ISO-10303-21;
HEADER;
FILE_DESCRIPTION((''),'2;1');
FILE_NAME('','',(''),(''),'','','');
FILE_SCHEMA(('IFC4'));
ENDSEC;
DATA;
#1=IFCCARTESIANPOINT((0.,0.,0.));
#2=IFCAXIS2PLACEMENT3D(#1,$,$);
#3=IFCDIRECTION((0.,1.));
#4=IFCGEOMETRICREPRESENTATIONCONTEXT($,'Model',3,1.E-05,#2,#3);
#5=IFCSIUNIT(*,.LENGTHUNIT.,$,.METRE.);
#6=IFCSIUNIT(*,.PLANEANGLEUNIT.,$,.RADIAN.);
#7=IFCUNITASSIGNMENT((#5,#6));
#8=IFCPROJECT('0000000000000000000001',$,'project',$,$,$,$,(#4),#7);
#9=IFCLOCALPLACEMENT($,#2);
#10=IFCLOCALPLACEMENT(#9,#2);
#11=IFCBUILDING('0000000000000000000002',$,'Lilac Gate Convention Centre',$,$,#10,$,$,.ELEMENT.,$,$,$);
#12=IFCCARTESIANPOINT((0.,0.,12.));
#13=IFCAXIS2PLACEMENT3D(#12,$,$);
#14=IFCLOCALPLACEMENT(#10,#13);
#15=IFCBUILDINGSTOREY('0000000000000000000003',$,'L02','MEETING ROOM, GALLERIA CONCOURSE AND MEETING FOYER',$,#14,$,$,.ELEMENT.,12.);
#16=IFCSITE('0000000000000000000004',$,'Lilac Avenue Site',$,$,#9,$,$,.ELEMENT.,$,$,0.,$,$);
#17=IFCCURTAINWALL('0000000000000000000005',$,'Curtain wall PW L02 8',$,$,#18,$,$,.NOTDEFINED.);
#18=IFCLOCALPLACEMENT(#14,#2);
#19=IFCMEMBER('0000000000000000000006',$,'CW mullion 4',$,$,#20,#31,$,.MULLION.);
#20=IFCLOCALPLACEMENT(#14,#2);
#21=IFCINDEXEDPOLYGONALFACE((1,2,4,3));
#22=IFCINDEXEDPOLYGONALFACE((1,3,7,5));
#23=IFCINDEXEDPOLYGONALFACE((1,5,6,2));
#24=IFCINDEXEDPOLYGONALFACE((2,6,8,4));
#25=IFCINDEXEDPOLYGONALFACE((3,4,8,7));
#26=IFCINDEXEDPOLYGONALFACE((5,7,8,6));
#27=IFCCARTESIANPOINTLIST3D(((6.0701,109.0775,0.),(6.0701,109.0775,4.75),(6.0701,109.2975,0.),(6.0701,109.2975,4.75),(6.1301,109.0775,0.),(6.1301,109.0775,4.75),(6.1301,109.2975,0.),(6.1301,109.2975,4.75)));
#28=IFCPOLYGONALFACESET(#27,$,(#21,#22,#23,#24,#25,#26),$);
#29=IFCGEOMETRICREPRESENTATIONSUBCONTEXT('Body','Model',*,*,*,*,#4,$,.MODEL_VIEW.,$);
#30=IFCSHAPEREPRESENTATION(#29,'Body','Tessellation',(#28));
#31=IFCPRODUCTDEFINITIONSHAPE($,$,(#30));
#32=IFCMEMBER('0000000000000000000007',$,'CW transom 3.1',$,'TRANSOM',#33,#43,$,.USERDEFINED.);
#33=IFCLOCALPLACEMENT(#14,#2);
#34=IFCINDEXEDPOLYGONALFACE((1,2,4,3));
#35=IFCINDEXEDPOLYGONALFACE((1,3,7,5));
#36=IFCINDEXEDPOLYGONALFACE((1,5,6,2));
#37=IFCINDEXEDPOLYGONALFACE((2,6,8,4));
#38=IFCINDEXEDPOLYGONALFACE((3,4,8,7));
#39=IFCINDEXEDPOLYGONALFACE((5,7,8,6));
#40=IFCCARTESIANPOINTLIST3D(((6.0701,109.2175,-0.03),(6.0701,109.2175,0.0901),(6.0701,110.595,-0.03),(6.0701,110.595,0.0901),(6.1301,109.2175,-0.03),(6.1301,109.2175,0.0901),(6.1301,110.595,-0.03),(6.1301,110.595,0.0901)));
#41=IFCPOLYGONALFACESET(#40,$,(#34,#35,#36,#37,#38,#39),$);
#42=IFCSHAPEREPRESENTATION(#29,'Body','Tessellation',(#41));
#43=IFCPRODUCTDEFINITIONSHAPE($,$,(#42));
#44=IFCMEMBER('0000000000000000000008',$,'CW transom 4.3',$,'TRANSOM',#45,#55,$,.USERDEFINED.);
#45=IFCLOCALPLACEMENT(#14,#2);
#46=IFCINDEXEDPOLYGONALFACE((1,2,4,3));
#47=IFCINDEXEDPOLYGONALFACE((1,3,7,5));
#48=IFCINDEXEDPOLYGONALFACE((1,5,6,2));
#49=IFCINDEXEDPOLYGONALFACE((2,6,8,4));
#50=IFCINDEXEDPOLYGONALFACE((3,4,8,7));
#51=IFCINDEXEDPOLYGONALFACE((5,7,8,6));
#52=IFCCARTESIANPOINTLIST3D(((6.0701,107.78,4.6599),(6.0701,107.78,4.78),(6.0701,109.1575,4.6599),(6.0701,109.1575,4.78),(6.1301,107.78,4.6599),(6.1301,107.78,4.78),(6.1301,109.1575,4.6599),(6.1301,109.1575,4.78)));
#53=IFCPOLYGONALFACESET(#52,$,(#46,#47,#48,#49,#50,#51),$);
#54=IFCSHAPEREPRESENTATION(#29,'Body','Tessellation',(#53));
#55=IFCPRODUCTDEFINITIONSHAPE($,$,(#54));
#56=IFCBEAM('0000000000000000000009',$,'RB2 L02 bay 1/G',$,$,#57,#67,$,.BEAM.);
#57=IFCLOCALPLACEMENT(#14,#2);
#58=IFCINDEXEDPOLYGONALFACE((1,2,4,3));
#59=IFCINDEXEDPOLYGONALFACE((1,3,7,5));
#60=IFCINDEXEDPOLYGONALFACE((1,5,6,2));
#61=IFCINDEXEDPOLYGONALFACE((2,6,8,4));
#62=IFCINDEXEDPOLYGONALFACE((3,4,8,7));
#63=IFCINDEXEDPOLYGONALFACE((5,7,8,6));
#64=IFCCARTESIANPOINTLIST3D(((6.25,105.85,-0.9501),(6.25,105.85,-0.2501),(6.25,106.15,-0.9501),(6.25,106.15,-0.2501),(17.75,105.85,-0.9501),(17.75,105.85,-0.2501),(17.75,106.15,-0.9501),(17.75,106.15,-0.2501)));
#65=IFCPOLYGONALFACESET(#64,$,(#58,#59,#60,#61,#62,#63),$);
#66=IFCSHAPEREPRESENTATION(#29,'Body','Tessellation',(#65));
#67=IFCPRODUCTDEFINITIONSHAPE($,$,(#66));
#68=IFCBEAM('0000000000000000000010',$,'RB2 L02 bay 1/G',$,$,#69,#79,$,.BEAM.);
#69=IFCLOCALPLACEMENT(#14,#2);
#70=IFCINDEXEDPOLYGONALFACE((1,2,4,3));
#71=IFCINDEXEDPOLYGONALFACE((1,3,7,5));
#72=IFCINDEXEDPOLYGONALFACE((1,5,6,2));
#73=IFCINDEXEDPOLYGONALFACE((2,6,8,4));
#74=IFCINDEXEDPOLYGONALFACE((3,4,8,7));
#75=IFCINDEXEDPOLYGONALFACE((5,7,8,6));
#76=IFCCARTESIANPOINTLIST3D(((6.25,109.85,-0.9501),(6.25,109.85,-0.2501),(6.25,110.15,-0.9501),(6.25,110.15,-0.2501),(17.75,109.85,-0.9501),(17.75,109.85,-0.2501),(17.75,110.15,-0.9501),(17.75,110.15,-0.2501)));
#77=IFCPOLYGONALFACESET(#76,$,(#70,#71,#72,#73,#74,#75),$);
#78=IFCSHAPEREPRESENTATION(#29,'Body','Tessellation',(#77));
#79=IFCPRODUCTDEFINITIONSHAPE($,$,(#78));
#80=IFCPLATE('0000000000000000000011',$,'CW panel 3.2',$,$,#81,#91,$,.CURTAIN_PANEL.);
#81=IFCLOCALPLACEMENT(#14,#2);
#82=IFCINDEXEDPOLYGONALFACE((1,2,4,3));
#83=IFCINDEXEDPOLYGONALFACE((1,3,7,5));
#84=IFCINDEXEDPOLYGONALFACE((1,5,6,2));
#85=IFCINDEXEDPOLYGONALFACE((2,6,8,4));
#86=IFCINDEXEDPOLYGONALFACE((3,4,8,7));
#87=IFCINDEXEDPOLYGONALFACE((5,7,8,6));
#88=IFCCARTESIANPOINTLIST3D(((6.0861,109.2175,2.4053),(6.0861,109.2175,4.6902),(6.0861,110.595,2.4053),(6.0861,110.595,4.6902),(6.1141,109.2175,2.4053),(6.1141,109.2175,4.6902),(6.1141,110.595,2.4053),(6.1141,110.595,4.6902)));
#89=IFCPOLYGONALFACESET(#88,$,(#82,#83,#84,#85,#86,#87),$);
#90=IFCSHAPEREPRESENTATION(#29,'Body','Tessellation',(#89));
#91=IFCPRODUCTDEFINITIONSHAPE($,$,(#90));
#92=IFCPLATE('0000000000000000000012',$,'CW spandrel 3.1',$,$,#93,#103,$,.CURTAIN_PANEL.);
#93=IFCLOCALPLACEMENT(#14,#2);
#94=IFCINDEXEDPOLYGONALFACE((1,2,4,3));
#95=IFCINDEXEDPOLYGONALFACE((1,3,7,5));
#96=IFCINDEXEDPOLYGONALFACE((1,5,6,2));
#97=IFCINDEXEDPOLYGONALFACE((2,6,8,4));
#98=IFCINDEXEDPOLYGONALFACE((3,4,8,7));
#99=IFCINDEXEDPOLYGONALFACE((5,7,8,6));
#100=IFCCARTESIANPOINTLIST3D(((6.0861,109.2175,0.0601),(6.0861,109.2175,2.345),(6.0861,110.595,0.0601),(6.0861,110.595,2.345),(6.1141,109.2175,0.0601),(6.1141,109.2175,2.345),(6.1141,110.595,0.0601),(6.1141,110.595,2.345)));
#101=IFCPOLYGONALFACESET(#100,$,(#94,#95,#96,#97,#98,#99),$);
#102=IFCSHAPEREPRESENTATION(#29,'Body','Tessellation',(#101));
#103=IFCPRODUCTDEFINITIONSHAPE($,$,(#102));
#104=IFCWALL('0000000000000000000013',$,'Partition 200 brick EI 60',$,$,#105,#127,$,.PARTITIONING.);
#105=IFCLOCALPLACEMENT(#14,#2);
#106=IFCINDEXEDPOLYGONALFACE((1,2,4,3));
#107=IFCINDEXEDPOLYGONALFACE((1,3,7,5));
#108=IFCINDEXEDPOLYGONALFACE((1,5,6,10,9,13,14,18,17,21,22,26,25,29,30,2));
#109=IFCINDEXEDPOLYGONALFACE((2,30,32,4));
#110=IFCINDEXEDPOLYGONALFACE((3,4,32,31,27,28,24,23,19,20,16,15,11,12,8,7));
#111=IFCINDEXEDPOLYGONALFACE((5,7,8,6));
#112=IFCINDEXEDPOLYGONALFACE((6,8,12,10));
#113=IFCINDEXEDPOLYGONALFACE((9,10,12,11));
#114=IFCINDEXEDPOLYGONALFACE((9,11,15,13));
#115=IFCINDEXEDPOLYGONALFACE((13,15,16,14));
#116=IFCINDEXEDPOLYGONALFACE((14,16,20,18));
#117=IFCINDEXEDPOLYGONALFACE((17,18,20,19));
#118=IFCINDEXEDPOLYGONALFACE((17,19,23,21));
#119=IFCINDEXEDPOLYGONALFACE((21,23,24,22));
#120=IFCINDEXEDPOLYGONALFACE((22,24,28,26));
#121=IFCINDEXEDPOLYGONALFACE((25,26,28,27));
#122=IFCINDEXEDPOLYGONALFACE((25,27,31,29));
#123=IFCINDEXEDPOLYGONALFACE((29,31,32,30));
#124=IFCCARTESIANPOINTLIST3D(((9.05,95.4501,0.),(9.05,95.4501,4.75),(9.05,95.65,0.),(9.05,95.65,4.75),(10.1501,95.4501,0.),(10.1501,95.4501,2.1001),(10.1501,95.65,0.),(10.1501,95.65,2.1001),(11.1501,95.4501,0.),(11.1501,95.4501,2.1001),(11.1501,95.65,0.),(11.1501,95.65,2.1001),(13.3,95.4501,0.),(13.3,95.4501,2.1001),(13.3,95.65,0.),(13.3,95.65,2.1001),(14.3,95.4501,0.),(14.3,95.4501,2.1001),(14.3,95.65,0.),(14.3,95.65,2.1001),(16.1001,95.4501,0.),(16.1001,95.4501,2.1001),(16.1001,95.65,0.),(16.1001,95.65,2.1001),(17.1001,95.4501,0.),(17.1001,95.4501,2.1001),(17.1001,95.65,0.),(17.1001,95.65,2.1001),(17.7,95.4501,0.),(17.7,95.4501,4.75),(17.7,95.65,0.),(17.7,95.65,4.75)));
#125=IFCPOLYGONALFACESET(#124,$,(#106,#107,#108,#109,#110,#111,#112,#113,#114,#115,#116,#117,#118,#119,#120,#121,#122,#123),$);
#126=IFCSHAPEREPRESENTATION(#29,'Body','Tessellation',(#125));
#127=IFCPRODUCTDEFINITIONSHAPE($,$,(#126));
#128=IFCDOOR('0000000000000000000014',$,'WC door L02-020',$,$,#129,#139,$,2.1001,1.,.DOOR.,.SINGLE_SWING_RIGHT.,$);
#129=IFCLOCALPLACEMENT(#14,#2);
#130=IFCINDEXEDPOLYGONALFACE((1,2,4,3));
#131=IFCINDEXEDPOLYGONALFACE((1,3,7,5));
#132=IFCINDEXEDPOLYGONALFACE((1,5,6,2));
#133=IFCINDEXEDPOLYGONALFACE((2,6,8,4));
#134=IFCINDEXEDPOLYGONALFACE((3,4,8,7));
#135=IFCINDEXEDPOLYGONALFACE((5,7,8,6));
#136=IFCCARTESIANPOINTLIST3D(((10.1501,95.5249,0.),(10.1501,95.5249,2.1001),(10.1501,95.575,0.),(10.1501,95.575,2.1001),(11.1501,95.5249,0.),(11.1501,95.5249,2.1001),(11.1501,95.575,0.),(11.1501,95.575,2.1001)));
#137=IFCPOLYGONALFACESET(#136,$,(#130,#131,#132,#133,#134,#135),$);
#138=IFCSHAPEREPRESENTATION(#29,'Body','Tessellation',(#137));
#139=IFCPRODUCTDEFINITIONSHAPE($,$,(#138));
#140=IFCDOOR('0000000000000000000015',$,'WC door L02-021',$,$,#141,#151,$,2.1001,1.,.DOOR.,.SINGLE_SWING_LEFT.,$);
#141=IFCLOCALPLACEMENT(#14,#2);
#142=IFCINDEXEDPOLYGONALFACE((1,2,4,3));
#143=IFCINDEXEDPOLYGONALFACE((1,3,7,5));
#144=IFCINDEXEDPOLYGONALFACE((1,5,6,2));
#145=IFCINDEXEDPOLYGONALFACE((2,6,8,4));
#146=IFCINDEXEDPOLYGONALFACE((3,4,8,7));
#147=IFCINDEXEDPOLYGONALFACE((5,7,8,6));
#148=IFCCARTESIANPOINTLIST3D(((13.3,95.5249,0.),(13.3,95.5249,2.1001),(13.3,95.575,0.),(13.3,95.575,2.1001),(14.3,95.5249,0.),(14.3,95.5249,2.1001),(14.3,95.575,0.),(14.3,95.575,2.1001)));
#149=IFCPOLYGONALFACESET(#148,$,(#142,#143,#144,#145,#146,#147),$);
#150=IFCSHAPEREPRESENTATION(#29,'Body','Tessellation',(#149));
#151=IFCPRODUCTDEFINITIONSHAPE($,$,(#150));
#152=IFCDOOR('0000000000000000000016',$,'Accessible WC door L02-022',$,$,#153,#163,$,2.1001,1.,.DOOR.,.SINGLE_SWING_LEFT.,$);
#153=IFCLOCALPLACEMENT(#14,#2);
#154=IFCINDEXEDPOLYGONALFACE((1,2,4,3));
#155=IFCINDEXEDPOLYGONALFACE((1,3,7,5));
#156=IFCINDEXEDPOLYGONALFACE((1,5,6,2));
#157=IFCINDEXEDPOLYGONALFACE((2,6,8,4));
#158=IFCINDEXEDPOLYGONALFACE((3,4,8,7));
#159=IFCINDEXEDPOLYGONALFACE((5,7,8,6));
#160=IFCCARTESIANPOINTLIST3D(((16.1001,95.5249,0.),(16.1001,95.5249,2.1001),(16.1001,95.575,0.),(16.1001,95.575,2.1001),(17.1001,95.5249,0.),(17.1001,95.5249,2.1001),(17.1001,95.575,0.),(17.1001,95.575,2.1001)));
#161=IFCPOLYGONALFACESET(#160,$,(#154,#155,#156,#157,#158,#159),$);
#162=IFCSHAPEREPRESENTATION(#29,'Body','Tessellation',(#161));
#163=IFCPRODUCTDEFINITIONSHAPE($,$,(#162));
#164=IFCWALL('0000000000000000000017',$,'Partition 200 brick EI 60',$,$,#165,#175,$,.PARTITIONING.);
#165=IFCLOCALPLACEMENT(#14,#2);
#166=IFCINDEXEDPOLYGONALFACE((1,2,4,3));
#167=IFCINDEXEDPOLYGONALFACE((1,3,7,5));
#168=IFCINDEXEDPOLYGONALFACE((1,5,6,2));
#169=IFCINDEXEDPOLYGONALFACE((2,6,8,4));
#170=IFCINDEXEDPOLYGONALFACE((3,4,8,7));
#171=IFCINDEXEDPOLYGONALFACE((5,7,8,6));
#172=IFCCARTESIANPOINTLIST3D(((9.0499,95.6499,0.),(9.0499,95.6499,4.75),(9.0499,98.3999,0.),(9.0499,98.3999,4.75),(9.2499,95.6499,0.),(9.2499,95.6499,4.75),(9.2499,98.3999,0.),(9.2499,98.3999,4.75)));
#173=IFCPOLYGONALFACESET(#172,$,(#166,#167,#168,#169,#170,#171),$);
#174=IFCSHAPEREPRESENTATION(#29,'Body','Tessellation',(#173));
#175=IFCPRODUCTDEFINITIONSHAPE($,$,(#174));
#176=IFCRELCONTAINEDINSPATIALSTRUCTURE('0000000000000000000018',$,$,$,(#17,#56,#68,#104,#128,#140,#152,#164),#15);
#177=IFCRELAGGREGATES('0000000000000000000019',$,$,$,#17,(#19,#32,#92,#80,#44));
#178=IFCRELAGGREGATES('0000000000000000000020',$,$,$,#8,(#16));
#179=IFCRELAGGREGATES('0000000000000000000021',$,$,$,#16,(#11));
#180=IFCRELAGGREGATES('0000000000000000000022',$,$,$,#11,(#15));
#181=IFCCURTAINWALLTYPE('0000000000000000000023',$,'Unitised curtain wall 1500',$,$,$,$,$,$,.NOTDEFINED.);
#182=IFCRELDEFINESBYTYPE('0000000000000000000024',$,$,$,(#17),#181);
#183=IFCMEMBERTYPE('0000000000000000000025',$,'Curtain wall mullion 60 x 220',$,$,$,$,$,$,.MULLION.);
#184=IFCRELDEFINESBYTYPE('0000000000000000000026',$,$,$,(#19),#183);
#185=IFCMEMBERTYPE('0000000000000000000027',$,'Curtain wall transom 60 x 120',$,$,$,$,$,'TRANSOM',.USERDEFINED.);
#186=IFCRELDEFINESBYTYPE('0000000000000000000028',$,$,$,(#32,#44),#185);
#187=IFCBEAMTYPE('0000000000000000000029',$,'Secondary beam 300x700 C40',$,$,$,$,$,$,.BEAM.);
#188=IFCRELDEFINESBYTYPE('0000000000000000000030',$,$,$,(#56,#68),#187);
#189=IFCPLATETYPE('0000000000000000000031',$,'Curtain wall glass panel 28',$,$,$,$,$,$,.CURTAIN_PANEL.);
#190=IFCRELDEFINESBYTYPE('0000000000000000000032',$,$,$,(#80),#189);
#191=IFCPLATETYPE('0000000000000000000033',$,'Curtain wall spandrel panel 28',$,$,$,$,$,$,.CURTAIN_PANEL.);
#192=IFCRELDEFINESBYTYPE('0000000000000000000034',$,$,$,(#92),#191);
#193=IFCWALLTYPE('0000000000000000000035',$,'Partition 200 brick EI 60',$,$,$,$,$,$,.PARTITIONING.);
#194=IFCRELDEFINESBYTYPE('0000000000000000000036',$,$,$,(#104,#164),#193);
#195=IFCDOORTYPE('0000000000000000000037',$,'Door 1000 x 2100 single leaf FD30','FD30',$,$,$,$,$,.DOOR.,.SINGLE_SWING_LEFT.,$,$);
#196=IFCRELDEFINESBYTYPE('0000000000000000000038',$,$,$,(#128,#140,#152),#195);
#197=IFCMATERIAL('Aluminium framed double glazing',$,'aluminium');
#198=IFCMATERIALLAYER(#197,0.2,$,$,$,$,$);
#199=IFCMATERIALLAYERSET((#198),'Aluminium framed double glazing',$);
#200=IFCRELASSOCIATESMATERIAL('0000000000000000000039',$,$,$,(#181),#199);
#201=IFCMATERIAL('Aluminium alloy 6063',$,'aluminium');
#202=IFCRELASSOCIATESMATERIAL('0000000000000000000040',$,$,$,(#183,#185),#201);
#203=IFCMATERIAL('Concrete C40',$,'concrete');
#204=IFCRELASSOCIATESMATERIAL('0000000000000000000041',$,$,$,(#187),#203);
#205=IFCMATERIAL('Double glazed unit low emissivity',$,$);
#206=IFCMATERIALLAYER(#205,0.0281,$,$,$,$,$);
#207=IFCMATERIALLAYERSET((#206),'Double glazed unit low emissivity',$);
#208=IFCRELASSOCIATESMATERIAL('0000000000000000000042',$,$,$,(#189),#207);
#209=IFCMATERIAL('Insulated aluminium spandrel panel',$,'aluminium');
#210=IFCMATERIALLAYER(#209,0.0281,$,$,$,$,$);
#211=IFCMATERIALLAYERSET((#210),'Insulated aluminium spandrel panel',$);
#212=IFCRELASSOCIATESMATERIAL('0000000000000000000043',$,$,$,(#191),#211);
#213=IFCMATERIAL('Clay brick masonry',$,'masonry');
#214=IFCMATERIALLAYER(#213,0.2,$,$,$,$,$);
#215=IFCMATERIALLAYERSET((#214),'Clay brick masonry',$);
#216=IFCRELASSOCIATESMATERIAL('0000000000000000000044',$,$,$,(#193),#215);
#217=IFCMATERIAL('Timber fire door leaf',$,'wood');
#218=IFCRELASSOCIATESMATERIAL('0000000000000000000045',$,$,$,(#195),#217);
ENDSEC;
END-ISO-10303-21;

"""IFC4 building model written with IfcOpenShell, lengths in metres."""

from ifc_helpers import new_model, si_unit, direction, frame, frame_2d, origin, origin_2d, place, context, subcontext, project, spatial, rectangle, extrude, material, layer, layer_set, material_profile, profile_set, type_object, element, fill, aggregate, save


model = new_model("IFC4")

# Units and contexts
model_context = context("Model", 3, precision=1e-05, world=origin(), true_north=direction((0.0, 1.0)))
body_context = subcontext(model_context, "Body", "Model", "MODEL_VIEW")
ifc_project = project(units=[si_unit("LENGTHUNIT", "METRE"), si_unit("PLANEANGLEUNIT", "RADIAN")], contexts=[model_context])

# Site, building, storey
site_placement = place(None, origin())
site = spatial("IfcSite", under=ifc_project, at=site_placement, Name="Lilac Avenue Site", CompositionType="ELEMENT", RefElevation=0.0)
building_placement = place(site_placement, origin())
building = spatial("IfcBuilding", under=site, at=building_placement, Name="Lilac Gate Convention Centre", CompositionType="ELEMENT")
storey_placement = place(building_placement, frame((0.0, 0.0, 12.0)))
storey = spatial("IfcBuildingStorey", under=building, at=storey_placement, Name="L02", Description="MEETING ROOM, GALLERIA CONCOURSE AND MEETING FOYER", CompositionType="ELEMENT", Elevation=12.0)

# Curtain wall, members
ifc_material_1 = material(Name="Aluminium framed double glazing", Category="aluminium")
ifc_layer_1 = layer(ifc_material_1, 0.2)
ifc_layer_set_1 = layer_set([ifc_layer_1], Name="Aluminium framed double glazing")
curtain_wall_type = type_object("IfcCurtainWallType", Name="Unitised curtain wall 1500", PredefinedType="NOTDEFINED", material=ifc_layer_set_1)
curtain_wall_placement = place(storey_placement, origin())
curtain_wall = element("IfcCurtainWall", 1, at=curtain_wall_placement, inside=storey, type_object=curtain_wall_type, Name="Curtain wall PW L02 8", PredefinedType="NOTDEFINED")
ifc_material_2 = material(Name="Aluminium alloy 6063", Category="aluminium")
ifc_material_profile_1 = material_profile(ifc_material_2, rectangle(XDim=0.0601, YDim=0.22, at=origin_2d()), Name="Curtain wall mullion 60 x 220")
ifc_profile_set_1 = profile_set([ifc_material_profile_1], Name="Aluminium alloy 6063")
member_type_1 = type_object("IfcMemberType", Name="Curtain wall mullion 60 x 220", PredefinedType="MULLION", material=ifc_profile_set_1)
member_1_placement = place(storey_placement, frame((6.1001, 109.1875, 0.0), z_axis=(0.0, 0.0, 1.0), x_axis=(1.0, 0.0, 0.0)))
member_1 = element("IfcMember", 2, at=member_1_placement, type_object=member_type_1, Name="CW mullion 4", PredefinedType="MULLION", context=body_context, shape_type="SweptSolid", body=[
    extrude(rectangle(XDim=0.0601, YDim=0.22, at=origin_2d()), origin(), (0.0, 0.0, 1.0), 4.75),
])
ifc_material_profile_2 = material_profile(ifc_material_2, rectangle(XDim=0.0601, YDim=0.1201, at=origin_2d()), Name="Curtain wall transom 60 x 120")
ifc_profile_set_2 = profile_set([ifc_material_profile_2], Name="Aluminium alloy 6063")
member_type_2 = type_object("IfcMemberType", Name="Curtain wall transom 60 x 120", ElementType="TRANSOM", PredefinedType="USERDEFINED", material=ifc_profile_set_2)
member_2_placement = place(storey_placement, frame((6.1001, 110.595, 0.03), z_axis=(0.0, -1.0, 0.0), x_axis=(1.0, 0.0, 0.0)))
member_2 = element("IfcMember", 3, at=member_2_placement, type_object=member_type_2, Name="CW transom 3.1", ObjectType="TRANSOM", PredefinedType="USERDEFINED", context=body_context, shape_type="SweptSolid", body=[
    extrude(rectangle(XDim=0.0601, YDim=0.1201, at=origin_2d()), origin(), (0.0, 0.0, 1.0), 1.3774),
])
member_3_placement = place(storey_placement, frame((6.1001, 109.1575, 4.72), z_axis=(0.0, -1.0, 0.0), x_axis=(1.0, 0.0, 0.0)))
member_3 = element("IfcMember", 4, at=member_3_placement, type_object=member_type_2, Name="CW transom 4.3", ObjectType="TRANSOM", PredefinedType="USERDEFINED", context=body_context, shape_type="SweptSolid", body=[
    extrude(rectangle(XDim=0.0601, YDim=0.1201, at=origin_2d()), origin(), (0.0, 0.0, 1.0), 1.3774),
])

# Beams
ifc_material_3 = material(Name="Concrete C40", Category="concrete")
ifc_material_profile_3 = material_profile(ifc_material_3, rectangle(XDim=0.3, YDim=0.7, at=origin_2d()), Name="RC 300x700")
ifc_profile_set_3 = profile_set([ifc_material_profile_3], Name="Concrete C40")
beam_type = type_object("IfcBeamType", Name="Secondary beam 300x700 C40", PredefinedType="BEAM", material=ifc_profile_set_3)
for number, where, z_axis, x_axis, name in (
    (5, (6.25, 106.0, -0.6001), (1.0, 0.0, 0.0), (0.0, 1.0, 0.0), "RB2 L02 bay 1/G"),
    (6, (6.25, 110.0, -0.6001), (1.0, 0.0, 0.0), (0.0, 1.0, 0.0), "RB2 L02 bay 1/G"),
):
    element("IfcBeam", number, at=place(storey_placement, frame(where, z_axis=z_axis, x_axis=x_axis)), inside=storey, type_object=beam_type, Name=name, PredefinedType="BEAM", context=body_context, shape_type="SweptSolid", body=[
        extrude(rectangle(XDim=0.3, YDim=0.7, at=origin_2d()), origin(), (0.0, 0.0, 1.0), 11.5),
    ])

# Plates
ifc_material_4 = material(Name="Double glazed unit low emissivity")
ifc_layer_2 = layer(ifc_material_4, 0.0281)
ifc_layer_set_2 = layer_set([ifc_layer_2], Name="Double glazed unit low emissivity")
plate_type_1 = type_object("IfcPlateType", Name="Curtain wall glass panel 28", PredefinedType="CURTAIN_PANEL", material=ifc_layer_set_2)
plate_1_placement = place(storey_placement, frame((6.1001, 109.9062, 2.4053), z_axis=(0.0, 0.0, 1.0), x_axis=(0.0, -1.0, 0.0)))
plate_1 = element("IfcPlate", 7, at=plate_1_placement, type_object=plate_type_1, Name="CW panel 3.2", PredefinedType="CURTAIN_PANEL", context=body_context, shape_type="SweptSolid", body=[
    extrude(rectangle(XDim=1.3774, YDim=0.0281, at=origin_2d()), origin(), (0.0, 0.0, 1.0), 2.2849),
])
ifc_material_5 = material(Name="Insulated aluminium spandrel panel", Category="aluminium")
ifc_layer_3 = layer(ifc_material_5, 0.0281)
ifc_layer_set_3 = layer_set([ifc_layer_3], Name="Insulated aluminium spandrel panel")
plate_type_2 = type_object("IfcPlateType", Name="Curtain wall spandrel panel 28", PredefinedType="CURTAIN_PANEL", material=ifc_layer_set_3)
plate_2_placement = place(storey_placement, frame((6.1001, 109.9062, 0.0601), z_axis=(0.0, 0.0, 1.0), x_axis=(0.0, -1.0, 0.0)))
plate_2 = element("IfcPlate", 8, at=plate_2_placement, type_object=plate_type_2, Name="CW spandrel 3.1", PredefinedType="CURTAIN_PANEL", context=body_context, shape_type="SweptSolid", body=[
    extrude(rectangle(XDim=1.3774, YDim=0.0281, at=origin_2d()), origin(), (0.0, 0.0, 1.0), 2.2849),
])
aggregate(curtain_wall, [member_1, member_2, plate_2, plate_1, member_3])

# Wall, openings, doors
ifc_material_6 = material(Name="Clay brick masonry", Category="masonry")
ifc_layer_4 = layer(ifc_material_6, 0.2)
ifc_layer_set_4 = layer_set([ifc_layer_4], Name="Clay brick masonry")
wall_type_1 = type_object("IfcWallType", Name="Partition 200 brick EI 60", PredefinedType="PARTITIONING", material=ifc_layer_set_4)
wall_1_placement = place(storey_placement, frame((9.05, 95.55, 0.0), z_axis=(0.0, 0.0, 1.0), x_axis=(1.0, 0.0, 0.0)))
wall_1 = element("IfcWall", 9, at=wall_1_placement, inside=storey, type_object=wall_type_1, Name="Partition 200 brick EI 60", PredefinedType="PARTITIONING", context=body_context, shape_type="SweptSolid", body=[
    extrude(rectangle(XDim=8.6499, YDim=0.2, at=frame_2d((4.325, 0.0))), origin(), (0.0, 0.0, 1.0), 4.75),
])
opening_1_placement = place(wall_1_placement, frame((1.1001, 0.0, 0.0)))
opening_1 = element("IfcOpeningElement", 10, at=opening_1_placement, cuts=wall_1, PredefinedType="OPENING", context=body_context, shape_type="SweptSolid", body=[
    extrude(rectangle(XDim=1.0, YDim=2.1001, at=frame_2d((0.5, 1.05))), frame((0.0, 0.1099, 0.0), z_axis=(0.0, -1.0, 0.0), x_axis=(1.0, 0.0, 0.0)), (0.0, 0.0, 1.0), 0.22),
])
opening_2_placement = place(wall_1_placement, frame((4.25, 0.0, 0.0)))
opening_2 = element("IfcOpeningElement", 11, at=opening_2_placement, cuts=wall_1, PredefinedType="OPENING", context=body_context, shape_type="SweptSolid", body=[
    extrude(rectangle(XDim=1.0, YDim=2.1001, at=frame_2d((0.5, 1.05))), frame((0.0, 0.1099, 0.0), z_axis=(0.0, -1.0, 0.0), x_axis=(1.0, 0.0, 0.0)), (0.0, 0.0, 1.0), 0.22),
])
opening_3_placement = place(wall_1_placement, frame((7.05, 0.0, 0.0)))
opening_3 = element("IfcOpeningElement", 12, at=opening_3_placement, cuts=wall_1, PredefinedType="OPENING", context=body_context, shape_type="SweptSolid", body=[
    extrude(rectangle(XDim=1.0, YDim=2.1001, at=frame_2d((0.5, 1.05))), frame((0.0, 0.1099, 0.0), z_axis=(0.0, -1.0, 0.0), x_axis=(1.0, 0.0, 0.0)), (0.0, 0.0, 1.0), 0.22),
])
ifc_material_7 = material(Name="Timber fire door leaf", Category="wood")
door_type_1 = type_object("IfcDoorType", Name="Door 1000 x 2100 single leaf FD30", Description="FD30", OperationType="SINGLE_SWING_LEFT", PredefinedType="DOOR", material=ifc_material_7)
door_1_placement = place(opening_1_placement, origin())
door_1 = element("IfcDoor", 13, at=door_1_placement, inside=storey, type_object=door_type_1, Name="WC door L02-020", OperationType="SINGLE_SWING_RIGHT", OverallHeight=2.1001, OverallWidth=1.0, PredefinedType="DOOR", context=body_context, shape_type="SweptSolid", body=[
    extrude(rectangle(XDim=1.0, YDim=2.1001, at=frame_2d((0.5, 1.05))), frame((0.0, 0.0249, 0.0), z_axis=(0.0, -1.0, 0.0), x_axis=(1.0, 0.0, 0.0)), (0.0, 0.0, 1.0), 0.05),
])
fill(opening_1, door_1)
door_2_placement = place(opening_2_placement, origin())
door_2 = element("IfcDoor", 14, at=door_2_placement, inside=storey, type_object=door_type_1, Name="WC door L02-021", OperationType="SINGLE_SWING_LEFT", OverallHeight=2.1001, OverallWidth=1.0, PredefinedType="DOOR", context=body_context, shape_type="SweptSolid", body=[
    extrude(rectangle(XDim=1.0, YDim=2.1001, at=frame_2d((0.5, 1.05))), frame((0.0, 0.0249, 0.0), z_axis=(0.0, -1.0, 0.0), x_axis=(1.0, 0.0, 0.0)), (0.0, 0.0, 1.0), 0.05),
])
fill(opening_2, door_2)
door_3_placement = place(opening_3_placement, origin())
door_3 = element("IfcDoor", 15, at=door_3_placement, inside=storey, type_object=door_type_1, Name="Accessible WC door L02-022", OperationType="SINGLE_SWING_LEFT", OverallHeight=2.1001, OverallWidth=1.0, PredefinedType="DOOR", context=body_context, shape_type="SweptSolid", body=[
    extrude(rectangle(XDim=1.0, YDim=2.1001, at=frame_2d((0.5, 1.05))), frame((0.0, 0.0249, 0.0), z_axis=(0.0, -1.0, 0.0), x_axis=(1.0, 0.0, 0.0)), (0.0, 0.0, 1.0), 0.05),
])
fill(opening_3, door_3)

# Wall
wall_2_placement = place(storey_placement, frame((9.1499, 95.6499, 0.0), z_axis=(0.0, 0.0, 1.0), x_axis=(0.0, 1.0, 0.0)))
element("IfcWall", 16, at=wall_2_placement, inside=storey, type_object=wall_type_1, Name="Partition 200 brick EI 60", PredefinedType="PARTITIONING", context=body_context, shape_type="SweptSolid", body=[
    extrude(rectangle(XDim=2.75, YDim=0.2, at=frame_2d((1.375, 0.0))), origin(), (0.0, 0.0, 1.0), 4.75),
])

save(model, "model.ifc")
